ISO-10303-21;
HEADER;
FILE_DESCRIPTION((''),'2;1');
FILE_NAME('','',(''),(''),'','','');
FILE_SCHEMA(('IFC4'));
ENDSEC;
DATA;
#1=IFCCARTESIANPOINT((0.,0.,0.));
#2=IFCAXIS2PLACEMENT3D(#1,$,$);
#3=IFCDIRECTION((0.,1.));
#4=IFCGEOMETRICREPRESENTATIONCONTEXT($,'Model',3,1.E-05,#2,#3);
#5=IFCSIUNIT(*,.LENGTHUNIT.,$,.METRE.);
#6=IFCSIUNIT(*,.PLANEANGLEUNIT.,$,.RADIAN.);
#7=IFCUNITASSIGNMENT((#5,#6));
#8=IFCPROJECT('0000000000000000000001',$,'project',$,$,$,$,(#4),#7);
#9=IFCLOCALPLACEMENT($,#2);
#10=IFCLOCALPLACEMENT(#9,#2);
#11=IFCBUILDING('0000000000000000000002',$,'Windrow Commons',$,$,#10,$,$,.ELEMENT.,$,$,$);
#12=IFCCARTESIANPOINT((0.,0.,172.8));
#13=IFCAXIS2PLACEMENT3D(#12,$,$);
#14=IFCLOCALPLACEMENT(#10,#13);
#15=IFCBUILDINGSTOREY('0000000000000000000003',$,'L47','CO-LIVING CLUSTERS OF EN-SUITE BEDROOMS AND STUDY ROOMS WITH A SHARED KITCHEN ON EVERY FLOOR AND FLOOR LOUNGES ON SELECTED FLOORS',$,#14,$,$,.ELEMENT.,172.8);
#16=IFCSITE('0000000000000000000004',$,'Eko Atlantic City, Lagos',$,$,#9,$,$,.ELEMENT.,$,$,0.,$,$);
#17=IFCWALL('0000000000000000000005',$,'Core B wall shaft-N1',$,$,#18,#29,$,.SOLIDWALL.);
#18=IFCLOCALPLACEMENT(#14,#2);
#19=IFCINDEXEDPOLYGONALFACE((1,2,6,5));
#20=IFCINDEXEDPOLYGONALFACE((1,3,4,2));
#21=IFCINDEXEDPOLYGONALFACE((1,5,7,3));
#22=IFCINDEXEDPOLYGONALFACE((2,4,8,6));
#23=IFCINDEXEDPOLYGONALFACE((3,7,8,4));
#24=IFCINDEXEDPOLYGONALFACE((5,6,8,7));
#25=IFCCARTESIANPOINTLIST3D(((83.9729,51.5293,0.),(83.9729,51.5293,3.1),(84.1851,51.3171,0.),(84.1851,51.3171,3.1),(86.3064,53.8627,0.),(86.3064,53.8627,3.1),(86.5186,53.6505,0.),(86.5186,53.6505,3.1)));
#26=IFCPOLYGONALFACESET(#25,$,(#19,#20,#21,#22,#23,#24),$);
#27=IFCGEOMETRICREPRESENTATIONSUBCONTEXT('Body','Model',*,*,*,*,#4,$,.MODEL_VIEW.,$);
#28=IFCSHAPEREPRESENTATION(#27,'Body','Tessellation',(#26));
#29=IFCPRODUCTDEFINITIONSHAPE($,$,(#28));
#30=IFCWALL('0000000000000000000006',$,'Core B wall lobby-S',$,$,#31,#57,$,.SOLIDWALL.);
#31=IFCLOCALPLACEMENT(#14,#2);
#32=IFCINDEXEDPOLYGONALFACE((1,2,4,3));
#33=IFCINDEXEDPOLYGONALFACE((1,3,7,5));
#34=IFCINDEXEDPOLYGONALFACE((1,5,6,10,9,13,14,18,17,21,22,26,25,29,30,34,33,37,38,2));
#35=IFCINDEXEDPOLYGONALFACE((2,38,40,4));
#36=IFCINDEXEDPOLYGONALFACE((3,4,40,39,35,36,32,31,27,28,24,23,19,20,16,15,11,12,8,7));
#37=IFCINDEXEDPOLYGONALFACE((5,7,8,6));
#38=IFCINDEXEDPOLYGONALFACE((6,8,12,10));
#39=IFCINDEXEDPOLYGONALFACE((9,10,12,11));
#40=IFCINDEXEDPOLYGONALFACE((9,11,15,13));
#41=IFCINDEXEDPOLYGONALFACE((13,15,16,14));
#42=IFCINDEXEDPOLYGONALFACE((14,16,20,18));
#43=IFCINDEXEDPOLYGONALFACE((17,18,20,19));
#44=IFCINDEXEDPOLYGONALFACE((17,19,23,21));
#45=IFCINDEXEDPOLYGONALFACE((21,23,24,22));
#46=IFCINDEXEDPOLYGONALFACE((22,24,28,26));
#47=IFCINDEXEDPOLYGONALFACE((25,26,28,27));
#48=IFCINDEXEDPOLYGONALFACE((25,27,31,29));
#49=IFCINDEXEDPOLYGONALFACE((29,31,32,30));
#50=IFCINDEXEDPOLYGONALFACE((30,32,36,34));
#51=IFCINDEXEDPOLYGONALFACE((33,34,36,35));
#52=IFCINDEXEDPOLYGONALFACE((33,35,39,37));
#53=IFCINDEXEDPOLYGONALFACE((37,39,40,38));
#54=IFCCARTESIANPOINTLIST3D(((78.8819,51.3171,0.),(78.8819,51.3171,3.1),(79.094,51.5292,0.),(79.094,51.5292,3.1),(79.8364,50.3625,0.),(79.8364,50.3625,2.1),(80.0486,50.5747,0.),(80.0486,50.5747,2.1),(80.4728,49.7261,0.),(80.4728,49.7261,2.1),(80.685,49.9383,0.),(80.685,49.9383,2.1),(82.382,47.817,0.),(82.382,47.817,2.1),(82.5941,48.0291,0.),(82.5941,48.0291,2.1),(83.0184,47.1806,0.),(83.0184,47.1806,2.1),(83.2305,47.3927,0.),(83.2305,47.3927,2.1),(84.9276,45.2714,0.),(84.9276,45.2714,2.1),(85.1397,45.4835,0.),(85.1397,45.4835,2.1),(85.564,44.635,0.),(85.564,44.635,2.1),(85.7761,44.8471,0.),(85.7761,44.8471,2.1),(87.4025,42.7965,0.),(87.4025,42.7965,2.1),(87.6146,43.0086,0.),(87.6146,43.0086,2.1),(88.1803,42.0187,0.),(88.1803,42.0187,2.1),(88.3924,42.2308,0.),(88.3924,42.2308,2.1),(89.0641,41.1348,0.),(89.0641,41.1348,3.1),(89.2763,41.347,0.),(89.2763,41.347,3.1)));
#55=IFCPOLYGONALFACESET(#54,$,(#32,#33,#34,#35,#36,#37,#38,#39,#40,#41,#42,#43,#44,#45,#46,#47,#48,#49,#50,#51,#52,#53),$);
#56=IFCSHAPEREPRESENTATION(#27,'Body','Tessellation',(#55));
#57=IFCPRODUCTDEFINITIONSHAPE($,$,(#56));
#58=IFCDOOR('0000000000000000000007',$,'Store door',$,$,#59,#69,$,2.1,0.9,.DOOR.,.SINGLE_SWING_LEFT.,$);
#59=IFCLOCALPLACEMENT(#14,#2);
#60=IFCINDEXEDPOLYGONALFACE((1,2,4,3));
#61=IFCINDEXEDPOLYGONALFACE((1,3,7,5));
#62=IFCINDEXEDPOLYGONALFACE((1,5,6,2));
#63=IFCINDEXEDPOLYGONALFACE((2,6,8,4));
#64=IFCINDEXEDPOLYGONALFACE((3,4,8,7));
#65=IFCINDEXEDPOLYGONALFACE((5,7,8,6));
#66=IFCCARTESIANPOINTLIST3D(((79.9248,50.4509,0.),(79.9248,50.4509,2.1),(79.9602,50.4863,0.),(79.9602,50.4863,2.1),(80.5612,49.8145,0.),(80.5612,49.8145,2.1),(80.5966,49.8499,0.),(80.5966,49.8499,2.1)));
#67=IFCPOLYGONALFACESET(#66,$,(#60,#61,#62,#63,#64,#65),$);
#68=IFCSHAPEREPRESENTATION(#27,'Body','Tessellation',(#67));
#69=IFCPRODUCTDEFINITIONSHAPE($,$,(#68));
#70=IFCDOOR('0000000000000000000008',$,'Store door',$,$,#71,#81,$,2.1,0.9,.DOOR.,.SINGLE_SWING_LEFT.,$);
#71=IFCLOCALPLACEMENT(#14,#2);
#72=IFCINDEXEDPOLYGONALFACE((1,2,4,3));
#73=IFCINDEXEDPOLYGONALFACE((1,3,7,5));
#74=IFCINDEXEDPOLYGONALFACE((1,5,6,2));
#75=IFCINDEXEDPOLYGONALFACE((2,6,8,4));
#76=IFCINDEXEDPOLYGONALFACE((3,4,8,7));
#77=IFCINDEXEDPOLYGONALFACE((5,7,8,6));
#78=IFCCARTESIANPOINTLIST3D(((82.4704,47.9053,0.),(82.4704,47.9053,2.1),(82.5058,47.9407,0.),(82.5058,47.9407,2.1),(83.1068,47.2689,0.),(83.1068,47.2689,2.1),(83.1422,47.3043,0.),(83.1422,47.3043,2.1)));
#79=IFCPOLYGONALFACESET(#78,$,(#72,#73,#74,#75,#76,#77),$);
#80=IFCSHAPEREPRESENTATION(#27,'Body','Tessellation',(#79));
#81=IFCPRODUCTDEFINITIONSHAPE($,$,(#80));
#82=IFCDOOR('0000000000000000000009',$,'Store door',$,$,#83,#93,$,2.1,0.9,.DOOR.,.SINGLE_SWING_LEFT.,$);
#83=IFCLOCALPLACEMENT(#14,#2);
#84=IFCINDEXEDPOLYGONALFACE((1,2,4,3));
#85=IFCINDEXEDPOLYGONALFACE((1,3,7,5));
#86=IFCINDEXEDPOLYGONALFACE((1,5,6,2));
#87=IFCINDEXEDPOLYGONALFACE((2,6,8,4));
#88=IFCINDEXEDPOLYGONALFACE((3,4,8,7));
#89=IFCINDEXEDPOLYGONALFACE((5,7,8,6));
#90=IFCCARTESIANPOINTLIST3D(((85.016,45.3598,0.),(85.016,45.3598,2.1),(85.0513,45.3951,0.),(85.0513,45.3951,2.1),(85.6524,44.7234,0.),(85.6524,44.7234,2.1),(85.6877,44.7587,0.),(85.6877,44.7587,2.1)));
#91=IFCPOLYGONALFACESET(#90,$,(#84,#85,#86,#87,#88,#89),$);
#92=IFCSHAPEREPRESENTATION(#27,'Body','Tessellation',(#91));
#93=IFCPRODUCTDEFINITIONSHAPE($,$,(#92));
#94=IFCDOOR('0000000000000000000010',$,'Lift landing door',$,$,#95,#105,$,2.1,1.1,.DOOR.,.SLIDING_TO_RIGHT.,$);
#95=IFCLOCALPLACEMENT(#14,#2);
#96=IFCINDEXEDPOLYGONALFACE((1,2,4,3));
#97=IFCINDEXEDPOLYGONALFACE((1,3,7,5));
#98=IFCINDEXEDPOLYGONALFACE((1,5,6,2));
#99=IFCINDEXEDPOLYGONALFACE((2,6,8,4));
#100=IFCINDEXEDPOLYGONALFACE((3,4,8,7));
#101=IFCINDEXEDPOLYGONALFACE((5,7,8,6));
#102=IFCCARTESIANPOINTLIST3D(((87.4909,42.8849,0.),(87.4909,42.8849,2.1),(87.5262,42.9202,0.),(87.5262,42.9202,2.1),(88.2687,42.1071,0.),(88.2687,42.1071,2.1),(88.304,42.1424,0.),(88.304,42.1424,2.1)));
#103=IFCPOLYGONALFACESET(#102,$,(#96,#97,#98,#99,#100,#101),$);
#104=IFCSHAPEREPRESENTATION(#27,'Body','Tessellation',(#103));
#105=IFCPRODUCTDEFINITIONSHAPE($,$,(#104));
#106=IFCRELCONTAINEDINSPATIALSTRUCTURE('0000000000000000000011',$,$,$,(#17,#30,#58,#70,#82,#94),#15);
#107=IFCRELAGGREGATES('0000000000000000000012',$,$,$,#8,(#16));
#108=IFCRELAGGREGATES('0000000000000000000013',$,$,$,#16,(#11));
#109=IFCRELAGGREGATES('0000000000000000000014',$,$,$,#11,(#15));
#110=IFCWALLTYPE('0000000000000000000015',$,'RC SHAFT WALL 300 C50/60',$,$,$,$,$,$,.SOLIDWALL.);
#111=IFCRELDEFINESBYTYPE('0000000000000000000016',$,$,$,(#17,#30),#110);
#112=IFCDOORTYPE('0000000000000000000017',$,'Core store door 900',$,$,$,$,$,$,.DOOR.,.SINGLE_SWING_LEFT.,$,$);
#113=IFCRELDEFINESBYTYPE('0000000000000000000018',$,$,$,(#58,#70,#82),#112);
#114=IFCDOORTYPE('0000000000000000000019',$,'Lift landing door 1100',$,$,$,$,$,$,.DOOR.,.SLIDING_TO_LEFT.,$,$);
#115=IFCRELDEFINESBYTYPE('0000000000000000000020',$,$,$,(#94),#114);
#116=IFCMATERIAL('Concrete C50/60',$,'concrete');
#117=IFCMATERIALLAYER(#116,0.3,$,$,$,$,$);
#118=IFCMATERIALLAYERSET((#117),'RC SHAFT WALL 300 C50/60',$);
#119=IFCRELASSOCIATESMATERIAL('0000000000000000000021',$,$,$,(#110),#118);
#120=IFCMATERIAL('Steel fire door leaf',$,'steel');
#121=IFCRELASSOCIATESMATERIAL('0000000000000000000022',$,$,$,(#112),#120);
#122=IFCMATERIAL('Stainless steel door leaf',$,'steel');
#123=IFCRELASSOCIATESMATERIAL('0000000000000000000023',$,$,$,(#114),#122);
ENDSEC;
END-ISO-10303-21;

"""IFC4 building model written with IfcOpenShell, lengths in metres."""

from ifc_helpers import new_model, si_unit, direction, frame, frame_2d, origin, place, context, subcontext, project, spatial, rectangle, extrude, material, layer, layer_set, type_object, element, fill, save


model = new_model("IFC4")

# Units and contexts
model_context = context("Model", 3, precision=1e-05, world=origin(), true_north=direction((0.0, 1.0)))
body_context = subcontext(model_context, "Body", "Model", "MODEL_VIEW")
ifc_project = project(units=[si_unit("LENGTHUNIT", "METRE"), si_unit("PLANEANGLEUNIT", "RADIAN")], contexts=[model_context])

# Site, building, storey
site_placement = place(None, origin())
site = spatial("IfcSite", under=ifc_project, at=site_placement, Name="Eko Atlantic City, Lagos", CompositionType="ELEMENT", RefElevation=0.0)
building_placement = place(site_placement, origin())
building = spatial("IfcBuilding", under=site, at=building_placement, Name="Windrow Commons", CompositionType="ELEMENT")
storey_placement = place(building_placement, frame((0.0, 0.0, 172.8)))
storey = spatial("IfcBuildingStorey", under=building, at=storey_placement, Name="L47", Description="CO-LIVING CLUSTERS OF EN-SUITE BEDROOMS AND STUDY ROOMS WITH A SHARED KITCHEN ON EVERY FLOOR AND FLOOR LOUNGES ON SELECTED FLOORS", CompositionType="ELEMENT", Elevation=172.8)

# Wall
ifc_material_1 = material(Name="Concrete C50/60", Category="concrete")
ifc_layer_1 = layer(ifc_material_1, 0.3)
ifc_layer_set_1 = layer_set([ifc_layer_1], Name="RC SHAFT WALL 300 C50/60")
wall_type_1 = type_object("IfcWallType", Name="RC SHAFT WALL 300 C50/60", PredefinedType="SOLIDWALL", material=ifc_layer_set_1)
wall_1_placement = place(storey_placement, frame((84.079, 51.4232, 0.0), z_axis=(0.0, 0.0, 1.0), x_axis=(0.707122, 0.707092, 0.0)))
element("IfcWall", 1, at=wall_1_placement, inside=storey, type_object=wall_type_1, Name="Core B wall shaft-N1", PredefinedType="SOLIDWALL", context=body_context, shape_type="SweptSolid", body=[
    extrude(rectangle(XDim=3.3, YDim=0.3, at=frame_2d((1.65, 0.0))), origin(), (0.0, 0.0, 1.0), 3.1),
])

# Wall, openings, doors
wall_2_placement = place(storey_placement, frame((78.9879, 51.4232, 0.0), z_axis=(0.0, 0.0, 1.0), x_axis=(0.707107, -0.707107, 0.0)))
wall_2 = element("IfcWall", 2, at=wall_2_placement, inside=storey, type_object=wall_type_1, Name="Core B wall lobby-S", PredefinedType="SOLIDWALL", context=body_context, shape_type="SweptSolid", body=[
    extrude(rectangle(XDim=14.3999, YDim=0.3, at=frame_2d((7.2, 0.0))), origin(), (0.0, 0.0, 1.0), 3.1),
])
opening_1_placement = place(wall_2_placement, frame((1.35, 0.0, 0.0)))
opening_1 = element("IfcOpeningElement", 3, at=opening_1_placement, cuts=wall_2, PredefinedType="OPENING", context=body_context, shape_type="SweptSolid", body=[
    extrude(rectangle(XDim=0.9, YDim=2.1, at=frame_2d((0.45, 1.05))), frame((0.0, 0.16, 0.0), z_axis=(0.0, -1.0, 0.0), x_axis=(1.0, 0.0, 0.0)), (0.0, 0.0, 1.0), 0.32),
])
opening_2_placement = place(wall_2_placement, frame((4.95, 0.0, 0.0)))
opening_2 = element("IfcOpeningElement", 4, at=opening_2_placement, cuts=wall_2, PredefinedType="OPENING", context=body_context, shape_type="SweptSolid", body=[
    extrude(rectangle(XDim=0.9, YDim=2.1, at=frame_2d((0.45, 1.05))), frame((0.0, 0.16, 0.0), z_axis=(0.0, -1.0, 0.0), x_axis=(1.0, 0.0, 0.0)), (0.0, 0.0, 1.0), 0.32),
])
opening_3_placement = place(wall_2_placement, frame((8.55, 0.0, 0.0)))
opening_3 = element("IfcOpeningElement", 5, at=opening_3_placement, cuts=wall_2, PredefinedType="OPENING", context=body_context, shape_type="SweptSolid", body=[
    extrude(rectangle(XDim=0.9, YDim=2.1, at=frame_2d((0.45, 1.05))), frame((0.0, 0.16, 0.0), z_axis=(0.0, -1.0, 0.0), x_axis=(1.0, 0.0, 0.0)), (0.0, 0.0, 1.0), 0.32),
])
opening_4_placement = place(wall_2_placement, frame((12.05, 0.0, 0.0)))
opening_4 = element("IfcOpeningElement", 6, at=opening_4_placement, cuts=wall_2, PredefinedType="OPENING", context=body_context, shape_type="SweptSolid", body=[
    extrude(rectangle(XDim=1.1, YDim=2.1, at=frame_2d((0.55, 1.05))), frame((0.0, 0.16, 0.0), z_axis=(0.0, -1.0, 0.0), x_axis=(1.0, 0.0, 0.0)), (0.0, 0.0, 1.0), 0.32),
])
ifc_material_2 = material(Name="Steel fire door leaf", Category="steel")
door_type_1 = type_object("IfcDoorType", Name="Core store door 900", OperationType="SINGLE_SWING_LEFT", PredefinedType="DOOR", material=ifc_material_2)
door_1_placement = place(opening_1_placement, origin())
door_1 = element("IfcDoor", 7, at=door_1_placement, inside=storey, type_object=door_type_1, Name="Store door", OperationType="SINGLE_SWING_LEFT", OverallHeight=2.1, OverallWidth=0.9, PredefinedType="DOOR", context=body_context, shape_type="SweptSolid", body=[
    extrude(rectangle(XDim=0.9, YDim=2.1, at=frame_2d((0.45, 1.05))), frame((0.0, 0.025, 0.0), z_axis=(0.0, -1.0, 0.0), x_axis=(1.0, 0.0, 0.0)), (0.0, 0.0, 1.0), 0.05),
])
fill(opening_1, door_1)
door_2_placement = place(opening_2_placement, origin())
door_2 = element("IfcDoor", 8, at=door_2_placement, inside=storey, type_object=door_type_1, Name="Store door", OperationType="SINGLE_SWING_LEFT", OverallHeight=2.1, OverallWidth=0.9, PredefinedType="DOOR", context=body_context, shape_type="SweptSolid", body=[
    extrude(rectangle(XDim=0.9, YDim=2.1, at=frame_2d((0.45, 1.05))), frame((0.0, 0.025, 0.0), z_axis=(0.0, -1.0, 0.0), x_axis=(1.0, 0.0, 0.0)), (0.0, 0.0, 1.0), 0.05),
])
fill(opening_2, door_2)
door_3_placement = place(opening_3_placement, origin())
door_3 = element("IfcDoor", 9, at=door_3_placement, inside=storey, type_object=door_type_1, Name="Store door", OperationType="SINGLE_SWING_LEFT", OverallHeight=2.1, OverallWidth=0.9, PredefinedType="DOOR", context=body_context, shape_type="SweptSolid", body=[
    extrude(rectangle(XDim=0.9, YDim=2.1, at=frame_2d((0.45, 1.05))), frame((0.0, 0.025, 0.0), z_axis=(0.0, -1.0, 0.0), x_axis=(1.0, 0.0, 0.0)), (0.0, 0.0, 1.0), 0.05),
])
fill(opening_3, door_3)
ifc_material_3 = material(Name="Stainless steel door leaf", Category="steel")
door_type_2 = type_object("IfcDoorType", Name="Lift landing door 1100", OperationType="SLIDING_TO_LEFT", PredefinedType="DOOR", material=ifc_material_3)
door_4_placement = place(opening_4_placement, origin())
door_4 = element("IfcDoor", 10, at=door_4_placement, inside=storey, type_object=door_type_2, Name="Lift landing door", OperationType="SLIDING_TO_RIGHT", OverallHeight=2.1, OverallWidth=1.1, PredefinedType="DOOR", context=body_context, shape_type="SweptSolid", body=[
    extrude(rectangle(XDim=1.1, YDim=2.1, at=frame_2d((0.55, 1.05))), frame((0.0, 0.025, 0.0), z_axis=(0.0, -1.0, 0.0), x_axis=(1.0, 0.0, 0.0)), (0.0, 0.0, 1.0), 0.05),
])
fill(opening_4, door_4)

save(model, "model.ifc")
